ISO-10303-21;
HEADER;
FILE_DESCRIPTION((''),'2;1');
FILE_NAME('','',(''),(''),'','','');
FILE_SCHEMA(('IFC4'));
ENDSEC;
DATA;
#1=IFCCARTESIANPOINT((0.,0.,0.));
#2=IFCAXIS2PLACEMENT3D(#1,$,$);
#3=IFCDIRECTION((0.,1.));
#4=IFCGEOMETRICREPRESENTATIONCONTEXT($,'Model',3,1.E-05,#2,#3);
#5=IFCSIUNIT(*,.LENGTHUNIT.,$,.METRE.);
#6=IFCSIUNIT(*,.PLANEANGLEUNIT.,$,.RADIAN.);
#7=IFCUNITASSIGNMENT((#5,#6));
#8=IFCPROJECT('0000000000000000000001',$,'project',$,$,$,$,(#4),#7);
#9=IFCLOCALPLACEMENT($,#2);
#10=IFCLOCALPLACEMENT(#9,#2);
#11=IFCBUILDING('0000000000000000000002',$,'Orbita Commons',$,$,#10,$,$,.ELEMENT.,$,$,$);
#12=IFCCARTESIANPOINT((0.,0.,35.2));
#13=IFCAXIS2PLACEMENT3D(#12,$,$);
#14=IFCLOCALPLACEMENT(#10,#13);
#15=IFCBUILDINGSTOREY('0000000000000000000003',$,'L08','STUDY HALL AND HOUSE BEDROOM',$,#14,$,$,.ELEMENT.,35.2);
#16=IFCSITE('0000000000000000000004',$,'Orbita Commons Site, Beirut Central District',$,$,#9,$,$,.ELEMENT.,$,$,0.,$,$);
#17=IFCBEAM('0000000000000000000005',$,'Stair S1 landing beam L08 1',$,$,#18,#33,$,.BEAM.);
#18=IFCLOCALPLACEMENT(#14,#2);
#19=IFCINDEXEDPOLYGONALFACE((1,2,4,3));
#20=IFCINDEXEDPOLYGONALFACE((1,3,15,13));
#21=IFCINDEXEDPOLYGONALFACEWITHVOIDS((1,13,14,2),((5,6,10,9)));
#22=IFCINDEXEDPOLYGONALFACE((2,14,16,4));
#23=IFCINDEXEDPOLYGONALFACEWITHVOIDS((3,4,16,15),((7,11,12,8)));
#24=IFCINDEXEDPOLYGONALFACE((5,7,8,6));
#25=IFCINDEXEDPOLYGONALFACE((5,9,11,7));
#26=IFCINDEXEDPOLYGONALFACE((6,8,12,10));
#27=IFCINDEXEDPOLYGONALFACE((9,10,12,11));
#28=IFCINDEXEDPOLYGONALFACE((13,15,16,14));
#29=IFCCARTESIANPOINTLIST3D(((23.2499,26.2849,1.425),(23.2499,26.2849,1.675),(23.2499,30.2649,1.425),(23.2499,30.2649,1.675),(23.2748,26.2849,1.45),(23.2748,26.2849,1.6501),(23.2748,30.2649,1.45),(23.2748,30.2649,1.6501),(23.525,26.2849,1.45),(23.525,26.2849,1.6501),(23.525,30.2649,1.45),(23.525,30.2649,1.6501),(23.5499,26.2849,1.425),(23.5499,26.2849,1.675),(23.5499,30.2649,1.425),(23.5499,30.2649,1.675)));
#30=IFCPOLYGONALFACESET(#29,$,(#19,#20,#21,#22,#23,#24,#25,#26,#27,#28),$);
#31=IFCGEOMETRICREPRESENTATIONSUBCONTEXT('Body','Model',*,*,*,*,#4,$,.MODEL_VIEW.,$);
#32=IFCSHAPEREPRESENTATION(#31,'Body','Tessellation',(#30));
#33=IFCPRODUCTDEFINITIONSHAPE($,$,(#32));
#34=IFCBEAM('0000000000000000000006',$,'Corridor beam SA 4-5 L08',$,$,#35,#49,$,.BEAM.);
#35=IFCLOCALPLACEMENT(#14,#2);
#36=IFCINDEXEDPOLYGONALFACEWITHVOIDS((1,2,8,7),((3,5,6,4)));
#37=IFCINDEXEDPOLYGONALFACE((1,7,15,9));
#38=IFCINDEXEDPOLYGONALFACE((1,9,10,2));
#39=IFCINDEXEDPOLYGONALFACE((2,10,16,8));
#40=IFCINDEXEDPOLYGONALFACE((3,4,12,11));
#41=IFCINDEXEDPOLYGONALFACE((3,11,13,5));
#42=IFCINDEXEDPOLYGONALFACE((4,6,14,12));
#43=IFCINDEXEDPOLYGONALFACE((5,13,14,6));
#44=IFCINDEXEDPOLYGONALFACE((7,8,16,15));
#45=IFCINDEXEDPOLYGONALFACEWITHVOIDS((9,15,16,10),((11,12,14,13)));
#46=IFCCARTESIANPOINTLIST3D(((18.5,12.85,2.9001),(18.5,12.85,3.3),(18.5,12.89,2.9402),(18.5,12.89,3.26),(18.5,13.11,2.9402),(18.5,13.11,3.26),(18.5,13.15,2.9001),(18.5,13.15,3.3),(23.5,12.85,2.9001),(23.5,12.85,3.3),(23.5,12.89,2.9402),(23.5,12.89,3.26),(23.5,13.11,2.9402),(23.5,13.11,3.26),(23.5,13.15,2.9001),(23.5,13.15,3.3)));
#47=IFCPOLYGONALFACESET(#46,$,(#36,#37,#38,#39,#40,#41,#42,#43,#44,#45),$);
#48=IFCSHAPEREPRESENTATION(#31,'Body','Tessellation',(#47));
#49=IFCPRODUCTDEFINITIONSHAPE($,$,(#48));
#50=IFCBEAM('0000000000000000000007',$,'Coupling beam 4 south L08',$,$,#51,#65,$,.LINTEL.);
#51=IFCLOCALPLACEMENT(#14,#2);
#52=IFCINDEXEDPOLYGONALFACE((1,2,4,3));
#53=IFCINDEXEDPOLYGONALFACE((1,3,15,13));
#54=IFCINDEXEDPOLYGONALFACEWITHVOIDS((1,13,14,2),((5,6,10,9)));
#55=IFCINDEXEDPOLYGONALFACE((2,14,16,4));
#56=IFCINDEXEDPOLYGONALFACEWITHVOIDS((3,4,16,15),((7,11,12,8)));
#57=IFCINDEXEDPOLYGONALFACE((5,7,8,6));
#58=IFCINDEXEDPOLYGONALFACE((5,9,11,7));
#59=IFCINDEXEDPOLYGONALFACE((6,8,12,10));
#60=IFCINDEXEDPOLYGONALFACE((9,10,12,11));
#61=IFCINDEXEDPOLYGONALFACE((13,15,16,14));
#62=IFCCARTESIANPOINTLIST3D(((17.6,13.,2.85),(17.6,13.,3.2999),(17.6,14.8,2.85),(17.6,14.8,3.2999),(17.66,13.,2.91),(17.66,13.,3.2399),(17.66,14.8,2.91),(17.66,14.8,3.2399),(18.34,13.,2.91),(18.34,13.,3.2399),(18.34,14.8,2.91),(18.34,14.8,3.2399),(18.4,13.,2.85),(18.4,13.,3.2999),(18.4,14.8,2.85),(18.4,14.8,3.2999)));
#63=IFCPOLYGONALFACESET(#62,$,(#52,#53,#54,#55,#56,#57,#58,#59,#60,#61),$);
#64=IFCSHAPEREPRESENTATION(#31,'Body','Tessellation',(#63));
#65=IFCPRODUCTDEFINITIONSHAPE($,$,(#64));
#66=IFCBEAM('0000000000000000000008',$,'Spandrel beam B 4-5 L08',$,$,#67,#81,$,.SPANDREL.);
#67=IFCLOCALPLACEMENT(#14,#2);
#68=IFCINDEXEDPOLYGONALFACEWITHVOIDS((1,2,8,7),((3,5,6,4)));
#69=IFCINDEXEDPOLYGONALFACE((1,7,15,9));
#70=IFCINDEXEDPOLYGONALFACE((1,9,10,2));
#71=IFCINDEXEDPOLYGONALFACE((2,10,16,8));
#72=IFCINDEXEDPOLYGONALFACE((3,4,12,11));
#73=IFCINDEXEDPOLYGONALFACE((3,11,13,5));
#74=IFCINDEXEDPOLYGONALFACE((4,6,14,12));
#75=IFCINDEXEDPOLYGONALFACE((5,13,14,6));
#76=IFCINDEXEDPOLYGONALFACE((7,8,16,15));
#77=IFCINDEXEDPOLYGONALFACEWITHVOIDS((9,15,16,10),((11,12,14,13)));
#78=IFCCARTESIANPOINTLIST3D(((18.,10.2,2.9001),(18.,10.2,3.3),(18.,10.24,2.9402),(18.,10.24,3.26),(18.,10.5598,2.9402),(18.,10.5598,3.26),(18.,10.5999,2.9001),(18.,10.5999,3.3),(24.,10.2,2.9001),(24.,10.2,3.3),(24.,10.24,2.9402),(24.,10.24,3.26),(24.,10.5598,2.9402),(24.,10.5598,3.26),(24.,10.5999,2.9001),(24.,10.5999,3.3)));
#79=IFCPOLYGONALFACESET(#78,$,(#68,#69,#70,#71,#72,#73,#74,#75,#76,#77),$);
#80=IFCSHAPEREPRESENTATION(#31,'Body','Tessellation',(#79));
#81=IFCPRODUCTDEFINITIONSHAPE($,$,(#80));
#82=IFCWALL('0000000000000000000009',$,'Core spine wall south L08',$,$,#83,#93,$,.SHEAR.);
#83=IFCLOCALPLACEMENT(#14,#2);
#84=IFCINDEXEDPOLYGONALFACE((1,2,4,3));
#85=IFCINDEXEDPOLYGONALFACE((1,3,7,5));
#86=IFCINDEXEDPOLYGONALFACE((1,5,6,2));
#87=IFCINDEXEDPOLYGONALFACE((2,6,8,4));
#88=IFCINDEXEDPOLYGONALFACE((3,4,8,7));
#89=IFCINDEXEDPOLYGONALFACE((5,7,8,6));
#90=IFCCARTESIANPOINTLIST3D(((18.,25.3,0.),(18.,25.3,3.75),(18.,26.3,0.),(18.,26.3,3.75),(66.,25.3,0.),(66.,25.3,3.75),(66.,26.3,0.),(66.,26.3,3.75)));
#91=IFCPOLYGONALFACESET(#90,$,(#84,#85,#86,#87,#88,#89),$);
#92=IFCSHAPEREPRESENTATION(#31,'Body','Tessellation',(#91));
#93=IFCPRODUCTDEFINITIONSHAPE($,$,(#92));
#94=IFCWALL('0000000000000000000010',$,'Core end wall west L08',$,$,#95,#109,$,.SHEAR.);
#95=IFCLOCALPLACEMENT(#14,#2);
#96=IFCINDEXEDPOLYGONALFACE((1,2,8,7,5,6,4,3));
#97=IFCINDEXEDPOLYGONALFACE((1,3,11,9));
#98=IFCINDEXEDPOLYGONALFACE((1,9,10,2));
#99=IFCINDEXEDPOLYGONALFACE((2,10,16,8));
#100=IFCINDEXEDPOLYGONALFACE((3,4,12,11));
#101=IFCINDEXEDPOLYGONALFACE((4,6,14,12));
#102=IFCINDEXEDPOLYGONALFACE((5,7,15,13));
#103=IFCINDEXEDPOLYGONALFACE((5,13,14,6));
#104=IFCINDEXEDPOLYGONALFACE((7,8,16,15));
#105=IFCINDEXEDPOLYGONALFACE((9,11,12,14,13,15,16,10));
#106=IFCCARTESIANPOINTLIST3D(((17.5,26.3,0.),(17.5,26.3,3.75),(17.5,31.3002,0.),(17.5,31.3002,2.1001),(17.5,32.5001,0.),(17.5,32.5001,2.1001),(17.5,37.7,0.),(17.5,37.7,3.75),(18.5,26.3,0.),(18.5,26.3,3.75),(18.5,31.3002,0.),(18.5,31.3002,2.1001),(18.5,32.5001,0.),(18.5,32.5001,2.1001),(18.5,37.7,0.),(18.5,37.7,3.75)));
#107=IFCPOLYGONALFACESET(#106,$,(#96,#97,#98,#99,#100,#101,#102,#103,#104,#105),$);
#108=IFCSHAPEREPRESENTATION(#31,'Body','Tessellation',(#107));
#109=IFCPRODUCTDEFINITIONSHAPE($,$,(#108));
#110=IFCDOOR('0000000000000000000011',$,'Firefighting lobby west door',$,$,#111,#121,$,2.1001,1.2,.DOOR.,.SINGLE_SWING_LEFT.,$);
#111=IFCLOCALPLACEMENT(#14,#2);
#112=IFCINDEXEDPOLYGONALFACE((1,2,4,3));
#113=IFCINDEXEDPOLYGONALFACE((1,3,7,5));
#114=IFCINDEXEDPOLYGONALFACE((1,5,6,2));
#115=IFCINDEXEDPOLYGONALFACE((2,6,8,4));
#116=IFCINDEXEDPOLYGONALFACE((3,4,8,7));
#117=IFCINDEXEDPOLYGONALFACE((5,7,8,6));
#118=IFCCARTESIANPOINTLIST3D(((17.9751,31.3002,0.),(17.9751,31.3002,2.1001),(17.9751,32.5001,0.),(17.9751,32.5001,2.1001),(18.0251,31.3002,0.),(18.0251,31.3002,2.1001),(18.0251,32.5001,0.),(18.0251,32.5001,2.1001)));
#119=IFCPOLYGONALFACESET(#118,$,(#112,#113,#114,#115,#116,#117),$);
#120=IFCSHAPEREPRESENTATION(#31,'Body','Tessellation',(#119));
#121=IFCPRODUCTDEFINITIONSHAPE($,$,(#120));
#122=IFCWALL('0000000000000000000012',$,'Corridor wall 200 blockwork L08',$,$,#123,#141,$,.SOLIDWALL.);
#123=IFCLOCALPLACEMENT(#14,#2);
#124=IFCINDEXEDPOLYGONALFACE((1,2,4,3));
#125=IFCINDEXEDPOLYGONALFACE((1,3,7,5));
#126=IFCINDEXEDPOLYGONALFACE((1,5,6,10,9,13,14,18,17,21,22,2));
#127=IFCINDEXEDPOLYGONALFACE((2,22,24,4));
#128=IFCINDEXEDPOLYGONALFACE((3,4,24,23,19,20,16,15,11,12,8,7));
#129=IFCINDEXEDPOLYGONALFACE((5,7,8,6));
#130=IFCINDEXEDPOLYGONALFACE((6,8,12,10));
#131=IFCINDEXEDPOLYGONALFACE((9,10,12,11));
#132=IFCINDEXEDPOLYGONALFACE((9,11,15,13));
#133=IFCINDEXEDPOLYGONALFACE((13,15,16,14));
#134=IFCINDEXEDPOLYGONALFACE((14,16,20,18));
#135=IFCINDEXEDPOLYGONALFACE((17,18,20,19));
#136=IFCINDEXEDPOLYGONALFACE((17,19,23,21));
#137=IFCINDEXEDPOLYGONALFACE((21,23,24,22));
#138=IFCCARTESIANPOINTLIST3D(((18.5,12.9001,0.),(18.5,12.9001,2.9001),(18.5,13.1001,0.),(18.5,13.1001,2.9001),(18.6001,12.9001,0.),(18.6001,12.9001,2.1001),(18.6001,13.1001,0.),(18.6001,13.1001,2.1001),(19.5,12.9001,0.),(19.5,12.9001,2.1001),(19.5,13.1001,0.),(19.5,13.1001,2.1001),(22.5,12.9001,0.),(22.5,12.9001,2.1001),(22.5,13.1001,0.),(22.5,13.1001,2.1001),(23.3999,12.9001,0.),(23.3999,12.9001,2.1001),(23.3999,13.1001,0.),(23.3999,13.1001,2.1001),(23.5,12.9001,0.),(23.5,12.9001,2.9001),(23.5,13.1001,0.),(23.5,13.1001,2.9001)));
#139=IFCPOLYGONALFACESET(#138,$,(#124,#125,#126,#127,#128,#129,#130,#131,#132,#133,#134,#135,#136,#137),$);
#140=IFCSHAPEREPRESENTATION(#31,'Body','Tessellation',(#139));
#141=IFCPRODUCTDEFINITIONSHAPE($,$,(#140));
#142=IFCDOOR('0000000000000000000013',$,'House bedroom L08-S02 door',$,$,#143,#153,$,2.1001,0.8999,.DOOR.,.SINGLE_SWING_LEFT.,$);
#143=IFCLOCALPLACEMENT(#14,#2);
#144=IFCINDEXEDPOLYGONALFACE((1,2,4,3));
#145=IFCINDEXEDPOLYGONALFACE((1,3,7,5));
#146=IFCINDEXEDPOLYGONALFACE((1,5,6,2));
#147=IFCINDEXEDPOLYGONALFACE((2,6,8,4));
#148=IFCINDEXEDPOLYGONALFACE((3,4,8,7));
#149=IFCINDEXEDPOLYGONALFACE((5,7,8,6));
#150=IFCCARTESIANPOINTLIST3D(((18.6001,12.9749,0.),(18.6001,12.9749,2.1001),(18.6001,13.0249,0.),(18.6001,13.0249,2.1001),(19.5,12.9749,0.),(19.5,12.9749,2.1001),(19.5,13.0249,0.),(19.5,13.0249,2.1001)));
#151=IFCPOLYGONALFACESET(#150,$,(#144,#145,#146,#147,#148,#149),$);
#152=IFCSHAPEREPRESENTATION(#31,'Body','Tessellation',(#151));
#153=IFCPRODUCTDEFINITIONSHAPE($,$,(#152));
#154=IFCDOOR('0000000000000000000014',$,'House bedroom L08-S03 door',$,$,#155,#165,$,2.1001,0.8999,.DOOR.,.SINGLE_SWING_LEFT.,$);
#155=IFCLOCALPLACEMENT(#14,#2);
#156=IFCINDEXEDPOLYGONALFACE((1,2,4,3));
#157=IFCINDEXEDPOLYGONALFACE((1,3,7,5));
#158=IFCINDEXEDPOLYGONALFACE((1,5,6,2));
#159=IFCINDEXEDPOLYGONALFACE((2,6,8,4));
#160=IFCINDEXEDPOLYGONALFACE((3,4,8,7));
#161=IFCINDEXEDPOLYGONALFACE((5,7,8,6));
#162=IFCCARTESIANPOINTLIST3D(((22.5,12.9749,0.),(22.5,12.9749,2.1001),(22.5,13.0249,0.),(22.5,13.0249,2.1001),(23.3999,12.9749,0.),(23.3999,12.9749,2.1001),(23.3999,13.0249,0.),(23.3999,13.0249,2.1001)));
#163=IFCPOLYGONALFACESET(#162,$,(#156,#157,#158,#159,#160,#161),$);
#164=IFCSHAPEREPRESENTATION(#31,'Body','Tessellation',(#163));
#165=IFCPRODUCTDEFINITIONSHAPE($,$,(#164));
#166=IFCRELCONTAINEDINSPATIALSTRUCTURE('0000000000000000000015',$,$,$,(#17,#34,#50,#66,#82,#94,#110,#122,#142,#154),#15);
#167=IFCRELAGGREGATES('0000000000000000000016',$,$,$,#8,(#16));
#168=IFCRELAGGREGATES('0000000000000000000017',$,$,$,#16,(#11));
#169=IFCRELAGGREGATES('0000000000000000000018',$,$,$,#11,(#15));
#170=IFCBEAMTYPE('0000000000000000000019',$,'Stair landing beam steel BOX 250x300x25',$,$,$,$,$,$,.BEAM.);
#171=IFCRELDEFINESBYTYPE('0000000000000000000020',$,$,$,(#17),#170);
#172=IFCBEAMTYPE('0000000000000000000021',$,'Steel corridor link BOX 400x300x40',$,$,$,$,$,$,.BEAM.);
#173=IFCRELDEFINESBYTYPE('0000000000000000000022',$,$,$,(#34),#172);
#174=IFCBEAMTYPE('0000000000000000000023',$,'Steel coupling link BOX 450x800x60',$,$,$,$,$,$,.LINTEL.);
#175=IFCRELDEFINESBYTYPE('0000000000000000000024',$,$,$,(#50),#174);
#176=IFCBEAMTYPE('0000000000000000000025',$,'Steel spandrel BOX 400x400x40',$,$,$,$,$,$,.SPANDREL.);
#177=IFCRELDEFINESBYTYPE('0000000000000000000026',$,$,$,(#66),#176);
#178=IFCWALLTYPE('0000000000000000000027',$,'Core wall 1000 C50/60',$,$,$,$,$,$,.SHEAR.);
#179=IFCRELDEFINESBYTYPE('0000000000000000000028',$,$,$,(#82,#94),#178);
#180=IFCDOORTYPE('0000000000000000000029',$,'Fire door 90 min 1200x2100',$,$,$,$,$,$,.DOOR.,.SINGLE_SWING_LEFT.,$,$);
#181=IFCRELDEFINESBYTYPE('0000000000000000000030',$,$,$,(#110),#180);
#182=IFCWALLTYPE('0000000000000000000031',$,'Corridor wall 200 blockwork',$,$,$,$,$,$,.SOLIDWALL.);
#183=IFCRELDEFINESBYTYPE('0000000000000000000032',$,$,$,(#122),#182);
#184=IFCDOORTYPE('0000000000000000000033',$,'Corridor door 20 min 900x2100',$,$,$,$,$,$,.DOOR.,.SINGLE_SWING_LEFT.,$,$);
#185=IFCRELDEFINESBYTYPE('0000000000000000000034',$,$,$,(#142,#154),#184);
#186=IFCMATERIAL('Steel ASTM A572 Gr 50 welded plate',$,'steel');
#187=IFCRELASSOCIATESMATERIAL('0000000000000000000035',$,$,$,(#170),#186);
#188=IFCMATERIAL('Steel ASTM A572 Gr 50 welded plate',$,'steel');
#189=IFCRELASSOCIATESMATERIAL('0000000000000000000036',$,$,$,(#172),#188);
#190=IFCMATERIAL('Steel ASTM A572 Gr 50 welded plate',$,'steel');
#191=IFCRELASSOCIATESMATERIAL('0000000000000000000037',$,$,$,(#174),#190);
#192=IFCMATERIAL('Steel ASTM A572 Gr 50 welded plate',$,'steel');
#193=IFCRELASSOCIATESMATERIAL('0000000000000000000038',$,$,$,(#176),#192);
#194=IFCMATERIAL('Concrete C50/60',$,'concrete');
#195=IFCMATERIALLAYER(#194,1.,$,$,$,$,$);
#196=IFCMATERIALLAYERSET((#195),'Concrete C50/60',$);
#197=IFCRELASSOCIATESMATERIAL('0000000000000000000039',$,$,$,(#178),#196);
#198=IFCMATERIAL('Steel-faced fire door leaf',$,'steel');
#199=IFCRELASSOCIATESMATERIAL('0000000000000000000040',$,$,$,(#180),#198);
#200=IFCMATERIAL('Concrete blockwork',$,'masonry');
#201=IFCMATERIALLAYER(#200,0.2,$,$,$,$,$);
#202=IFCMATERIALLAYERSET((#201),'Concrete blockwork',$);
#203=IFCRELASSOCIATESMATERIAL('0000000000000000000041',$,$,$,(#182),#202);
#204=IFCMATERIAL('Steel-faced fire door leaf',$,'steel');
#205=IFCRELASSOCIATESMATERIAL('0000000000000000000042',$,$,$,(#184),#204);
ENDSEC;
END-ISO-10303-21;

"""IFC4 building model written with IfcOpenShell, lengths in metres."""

from ifc_helpers import new_model, si_unit, direction, frame, frame_2d, origin, origin_2d, place, context, subcontext, project, spatial, polyline, rectangle, hollow_rectangle, outline, extrude, material, layer, layer_set, material_profile, profile_set, type_object, element, fill, save


model = new_model("IFC4")

# Units and contexts
model_context = context("Model", 3, precision=1e-05, world=origin(), true_north=direction((0.0, 1.0)))
body_context = subcontext(model_context, "Body", "Model", "MODEL_VIEW")
ifc_project = project(units=[si_unit("LENGTHUNIT", "METRE"), si_unit("PLANEANGLEUNIT", "RADIAN")], contexts=[model_context])

# Site, building, storey
site_placement = place(None, origin())
site = spatial("IfcSite", under=ifc_project, at=site_placement, Name="Orbita Commons Site, Beirut Central District", CompositionType="ELEMENT", RefElevation=0.0)
building_placement = place(site_placement, origin())
building = spatial("IfcBuilding", under=site, at=building_placement, Name="Orbita Commons", CompositionType="ELEMENT")
storey_placement = place(building_placement, frame((0.0, 0.0, 35.2)))
storey = spatial("IfcBuildingStorey", under=building, at=storey_placement, Name="L08", Description="STUDY HALL AND HOUSE BEDROOM", CompositionType="ELEMENT", Elevation=35.2)

# Beams
ifc_material_1 = material(Name="Steel ASTM A572 Gr 50 welded plate", Category="steel")
ifc_material_profile_1 = material_profile(ifc_material_1, hollow_rectangle(XDim=0.3, YDim=0.25, WallThickness=0.0249, at=origin_2d()), Name="BOX 250x300x25")
ifc_profile_set_1 = profile_set([ifc_material_profile_1], Name="Steel ASTM A572 Gr 50 welded plate")
beam_type_1 = type_object("IfcBeamType", Name="Stair landing beam steel BOX 250x300x25", PredefinedType="BEAM", material=ifc_profile_set_1)
beam_1_placement = place(storey_placement, frame((23.3999, 26.2849, 1.55), z_axis=(0.0, 1.0, 0.0), x_axis=(-1.0, 0.0, 0.0)))
element("IfcBeam", 1, at=beam_1_placement, inside=storey, type_object=beam_type_1, Name="Stair S1 landing beam L08 1", PredefinedType="BEAM", context=body_context, shape_type="SweptSolid", body=[
    extrude(hollow_rectangle(XDim=0.3, YDim=0.25, WallThickness=0.0249, at=origin_2d()), origin(), (0.0, 0.0, 1.0), 3.98),
])
ifc_material_2 = material(Name="Steel ASTM A572 Gr 50 welded plate", Category="steel")
ifc_material_profile_2 = material_profile(ifc_material_2, hollow_rectangle(XDim=0.3, YDim=0.3999, WallThickness=0.04, at=origin_2d()), Name="BOX 400x300x40")
ifc_profile_set_2 = profile_set([ifc_material_profile_2], Name="Steel ASTM A572 Gr 50 welded plate")
beam_type_2 = type_object("IfcBeamType", Name="Steel corridor link BOX 400x300x40", PredefinedType="BEAM", material=ifc_profile_set_2)
beam_2_placement = place(storey_placement, frame((18.5, 13.0, 3.1001), z_axis=(1.0, 0.0, 0.0), x_axis=(0.0, 1.0, 0.0)))
element("IfcBeam", 2, at=beam_2_placement, inside=storey, type_object=beam_type_2, Name="Corridor beam SA 4-5 L08", PredefinedType="BEAM", context=body_context, shape_type="SweptSolid", body=[
    extrude(hollow_rectangle(XDim=0.3, YDim=0.3999, WallThickness=0.04, at=origin_2d()), origin(), (0.0, 0.0, 1.0), 5.0),
])
ifc_material_3 = material(Name="Steel ASTM A572 Gr 50 welded plate", Category="steel")
ifc_material_profile_3 = material_profile(ifc_material_3, hollow_rectangle(XDim=0.8, YDim=0.45, WallThickness=0.0601, at=origin_2d()), Name="BOX 450x800x60")
ifc_profile_set_3 = profile_set([ifc_material_profile_3], Name="Steel ASTM A572 Gr 50 welded plate")
beam_type_3 = type_object("IfcBeamType", Name="Steel coupling link BOX 450x800x60", PredefinedType="LINTEL", material=ifc_profile_set_3)
beam_3_placement = place(storey_placement, frame((18.0, 13.0, 3.075), z_axis=(0.0, 1.0, 0.0), x_axis=(-1.0, 0.0, 0.0)))
element("IfcBeam", 3, at=beam_3_placement, inside=storey, type_object=beam_type_3, Name="Coupling beam 4 south L08", PredefinedType="LINTEL", context=body_context, shape_type="SweptSolid", body=[
    extrude(hollow_rectangle(XDim=0.8, YDim=0.45, WallThickness=0.0601, at=origin_2d()), origin(), (0.0, 0.0, 1.0), 1.8),
])
ifc_material_4 = material(Name="Steel ASTM A572 Gr 50 welded plate", Category="steel")
ifc_material_profile_4 = material_profile(ifc_material_4, hollow_rectangle(XDim=0.3999, YDim=0.3999, WallThickness=0.04, at=origin_2d()), Name="BOX 400x400x40")
ifc_profile_set_4 = profile_set([ifc_material_profile_4], Name="Steel ASTM A572 Gr 50 welded plate")
beam_type_4 = type_object("IfcBeamType", Name="Steel spandrel BOX 400x400x40", PredefinedType="SPANDREL", material=ifc_profile_set_4)
beam_4_placement = place(storey_placement, frame((18.0, 10.3999, 3.1001), z_axis=(1.0, 0.0, 0.0), x_axis=(0.0, 1.0, 0.0)))
element("IfcBeam", 4, at=beam_4_placement, inside=storey, type_object=beam_type_4, Name="Spandrel beam B 4-5 L08", PredefinedType="SPANDREL", context=body_context, shape_type="SweptSolid", body=[
    extrude(hollow_rectangle(XDim=0.3999, YDim=0.3999, WallThickness=0.04, at=origin_2d()), origin(), (0.0, 0.0, 1.0), 6.0),
])

# Wall
ifc_material_5 = material(Name="Concrete C50/60", Category="concrete")
ifc_layer_1 = layer(ifc_material_5, 1.0)
ifc_layer_set_1 = layer_set([ifc_layer_1], Name="Concrete C50/60")
wall_type_1 = type_object("IfcWallType", Name="Core wall 1000 C50/60", PredefinedType="SHEAR", material=ifc_layer_set_1)
wall_1_placement = place(storey_placement, frame((18.0, 25.8, 0.0), z_axis=(0.0, 0.0, 1.0), x_axis=(1.0, 0.0, 0.0)))
element("IfcWall", 5, at=wall_1_placement, inside=storey, type_object=wall_type_1, Name="Core spine wall south L08", PredefinedType="SHEAR", context=body_context, shape_type="SweptSolid", body=[
    extrude(rectangle(XDim=48.0, YDim=1.0, at=frame_2d((24.0, 0.0))), origin(), (0.0, 0.0, 1.0), 3.75),
])

# Wall, opening, door
wall_2_placement = place(storey_placement, frame((18.0, 26.3, 0.0), z_axis=(0.0, 0.0, 1.0), x_axis=(0.0, 1.0, 0.0)))
wall_2 = element("IfcWall", 6, at=wall_2_placement, inside=storey, type_object=wall_type_1, Name="Core end wall west L08", PredefinedType="SHEAR", context=body_context, shape_type="SweptSolid", body=[
    extrude(rectangle(XDim=11.3999, YDim=1.0, at=frame_2d((5.7, 0.0))), origin(), (0.0, 0.0, 1.0), 3.75),
])
opening_1_placement = place(wall_2_placement, frame((5.0, 0.0, 0.0)))
opening_1 = element("IfcOpeningElement", 7, at=opening_1_placement, cuts=wall_2, PredefinedType="OPENING", context=body_context, shape_type="SweptSolid", body=[
    extrude(rectangle(XDim=1.2, YDim=2.1001, at=frame_2d((0.6001, 1.05))), frame((0.0, 0.51, 0.0), z_axis=(0.0, -1.0, 0.0), x_axis=(1.0, 0.0, 0.0)), (0.0, 0.0, 1.0), 1.02),
])
ifc_material_6 = material(Name="Steel-faced fire door leaf", Category="steel")
door_type_1 = type_object("IfcDoorType", Name="Fire door 90 min 1200x2100", OperationType="SINGLE_SWING_LEFT", PredefinedType="DOOR", material=ifc_material_6)
door_1_placement = place(opening_1_placement, origin())
door_1 = element("IfcDoor", 8, at=door_1_placement, inside=storey, type_object=door_type_1, Name="Firefighting lobby west door", OperationType="SINGLE_SWING_LEFT", OverallHeight=2.1001, OverallWidth=1.2, PredefinedType="DOOR", context=body_context, shape_type="SweptSolid", body=[
    extrude(rectangle(XDim=1.2, YDim=2.1001, at=frame_2d((0.6001, 1.05))), frame((0.0, 0.0249, 0.0), z_axis=(0.0, -1.0, 0.0), x_axis=(1.0, 0.0, 0.0)), (0.0, 0.0, 1.0), 0.05),
])
fill(opening_1, door_1)

# Wall, openings, doors
ifc_material_7 = material(Name="Concrete blockwork", Category="masonry")
ifc_layer_2 = layer(ifc_material_7, 0.2)
ifc_layer_set_2 = layer_set([ifc_layer_2], Name="Concrete blockwork")
wall_type_2 = type_object("IfcWallType", Name="Corridor wall 200 blockwork", PredefinedType="SOLIDWALL", material=ifc_layer_set_2)
wall_3_placement = place(storey_placement, frame((18.5, 13.0, 0.0), z_axis=(0.0, 0.0, 1.0), x_axis=(1.0, 0.0, 0.0)))
wall_3 = element("IfcWall", 9, at=wall_3_placement, inside=storey, type_object=wall_type_2, Name="Corridor wall 200 blockwork L08", PredefinedType="SOLIDWALL", context=body_context, shape_type="SweptSolid", body=[
    extrude(outline(polyline([(0.0, 0.0), (5.0, 0.0), (5.0, 2.9001), (0.0, 2.9001), (0.0, 0.0)])), frame((0.0, 0.1001, 0.0), z_axis=(0.0, -1.0, 0.0), x_axis=(1.0, 0.0, 0.0)), (0.0, 0.0, 1.0), 0.2),
])
opening_2_placement = place(wall_3_placement, frame((0.1001, 0.0, 0.0)))
opening_2 = element("IfcOpeningElement", 10, at=opening_2_placement, cuts=wall_3, PredefinedType="OPENING", context=body_context, shape_type="SweptSolid", body=[
    extrude(rectangle(XDim=0.8999, YDim=2.1001, at=frame_2d((0.45, 1.05))), frame((0.0, 0.1099, 0.0), z_axis=(0.0, -1.0, 0.0), x_axis=(1.0, 0.0, 0.0)), (0.0, 0.0, 1.0), 0.22),
])
opening_3_placement = place(wall_3_placement, frame((4.0, 0.0, 0.0)))
opening_3 = element("IfcOpeningElement", 11, at=opening_3_placement, cuts=wall_3, PredefinedType="OPENING", context=body_context, shape_type="SweptSolid", body=[
    extrude(rectangle(XDim=0.8999, YDim=2.1001, at=frame_2d((0.45, 1.05))), frame((0.0, 0.1099, 0.0), z_axis=(0.0, -1.0, 0.0), x_axis=(1.0, 0.0, 0.0)), (0.0, 0.0, 1.0), 0.22),
])
ifc_material_8 = material(Name="Steel-faced fire door leaf", Category="steel")
door_type_2 = type_object("IfcDoorType", Name="Corridor door 20 min 900x2100", OperationType="SINGLE_SWING_LEFT", PredefinedType="DOOR", material=ifc_material_8)
door_2_placement = place(opening_2_placement, origin())
door_2 = element("IfcDoor", 12, at=door_2_placement, inside=storey, type_object=door_type_2, Name="House bedroom L08-S02 door", OperationType="SINGLE_SWING_LEFT", OverallHeight=2.1001, OverallWidth=0.8999, PredefinedType="DOOR", context=body_context, shape_type="SweptSolid", body=[
    extrude(rectangle(XDim=0.8999, YDim=2.1001, at=frame_2d((0.45, 1.05))), frame((0.0, 0.0249, 0.0), z_axis=(0.0, -1.0, 0.0), x_axis=(1.0, 0.0, 0.0)), (0.0, 0.0, 1.0), 0.05),
])
fill(opening_2, door_2)
door_3_placement = place(opening_3_placement, origin())
door_3 = element("IfcDoor", 13, at=door_3_placement, inside=storey, type_object=door_type_2, Name="House bedroom L08-S03 door", OperationType="SINGLE_SWING_LEFT", OverallHeight=2.1001, OverallWidth=0.8999, PredefinedType="DOOR", context=body_context, shape_type="SweptSolid", body=[
    extrude(rectangle(XDim=0.8999, YDim=2.1001, at=frame_2d((0.45, 1.05))), frame((0.0, 0.0249, 0.0), z_axis=(0.0, -1.0, 0.0), x_axis=(1.0, 0.0, 0.0)), (0.0, 0.0, 1.0), 0.05),
])
fill(opening_3, door_3)

save(model, "model.ifc")
